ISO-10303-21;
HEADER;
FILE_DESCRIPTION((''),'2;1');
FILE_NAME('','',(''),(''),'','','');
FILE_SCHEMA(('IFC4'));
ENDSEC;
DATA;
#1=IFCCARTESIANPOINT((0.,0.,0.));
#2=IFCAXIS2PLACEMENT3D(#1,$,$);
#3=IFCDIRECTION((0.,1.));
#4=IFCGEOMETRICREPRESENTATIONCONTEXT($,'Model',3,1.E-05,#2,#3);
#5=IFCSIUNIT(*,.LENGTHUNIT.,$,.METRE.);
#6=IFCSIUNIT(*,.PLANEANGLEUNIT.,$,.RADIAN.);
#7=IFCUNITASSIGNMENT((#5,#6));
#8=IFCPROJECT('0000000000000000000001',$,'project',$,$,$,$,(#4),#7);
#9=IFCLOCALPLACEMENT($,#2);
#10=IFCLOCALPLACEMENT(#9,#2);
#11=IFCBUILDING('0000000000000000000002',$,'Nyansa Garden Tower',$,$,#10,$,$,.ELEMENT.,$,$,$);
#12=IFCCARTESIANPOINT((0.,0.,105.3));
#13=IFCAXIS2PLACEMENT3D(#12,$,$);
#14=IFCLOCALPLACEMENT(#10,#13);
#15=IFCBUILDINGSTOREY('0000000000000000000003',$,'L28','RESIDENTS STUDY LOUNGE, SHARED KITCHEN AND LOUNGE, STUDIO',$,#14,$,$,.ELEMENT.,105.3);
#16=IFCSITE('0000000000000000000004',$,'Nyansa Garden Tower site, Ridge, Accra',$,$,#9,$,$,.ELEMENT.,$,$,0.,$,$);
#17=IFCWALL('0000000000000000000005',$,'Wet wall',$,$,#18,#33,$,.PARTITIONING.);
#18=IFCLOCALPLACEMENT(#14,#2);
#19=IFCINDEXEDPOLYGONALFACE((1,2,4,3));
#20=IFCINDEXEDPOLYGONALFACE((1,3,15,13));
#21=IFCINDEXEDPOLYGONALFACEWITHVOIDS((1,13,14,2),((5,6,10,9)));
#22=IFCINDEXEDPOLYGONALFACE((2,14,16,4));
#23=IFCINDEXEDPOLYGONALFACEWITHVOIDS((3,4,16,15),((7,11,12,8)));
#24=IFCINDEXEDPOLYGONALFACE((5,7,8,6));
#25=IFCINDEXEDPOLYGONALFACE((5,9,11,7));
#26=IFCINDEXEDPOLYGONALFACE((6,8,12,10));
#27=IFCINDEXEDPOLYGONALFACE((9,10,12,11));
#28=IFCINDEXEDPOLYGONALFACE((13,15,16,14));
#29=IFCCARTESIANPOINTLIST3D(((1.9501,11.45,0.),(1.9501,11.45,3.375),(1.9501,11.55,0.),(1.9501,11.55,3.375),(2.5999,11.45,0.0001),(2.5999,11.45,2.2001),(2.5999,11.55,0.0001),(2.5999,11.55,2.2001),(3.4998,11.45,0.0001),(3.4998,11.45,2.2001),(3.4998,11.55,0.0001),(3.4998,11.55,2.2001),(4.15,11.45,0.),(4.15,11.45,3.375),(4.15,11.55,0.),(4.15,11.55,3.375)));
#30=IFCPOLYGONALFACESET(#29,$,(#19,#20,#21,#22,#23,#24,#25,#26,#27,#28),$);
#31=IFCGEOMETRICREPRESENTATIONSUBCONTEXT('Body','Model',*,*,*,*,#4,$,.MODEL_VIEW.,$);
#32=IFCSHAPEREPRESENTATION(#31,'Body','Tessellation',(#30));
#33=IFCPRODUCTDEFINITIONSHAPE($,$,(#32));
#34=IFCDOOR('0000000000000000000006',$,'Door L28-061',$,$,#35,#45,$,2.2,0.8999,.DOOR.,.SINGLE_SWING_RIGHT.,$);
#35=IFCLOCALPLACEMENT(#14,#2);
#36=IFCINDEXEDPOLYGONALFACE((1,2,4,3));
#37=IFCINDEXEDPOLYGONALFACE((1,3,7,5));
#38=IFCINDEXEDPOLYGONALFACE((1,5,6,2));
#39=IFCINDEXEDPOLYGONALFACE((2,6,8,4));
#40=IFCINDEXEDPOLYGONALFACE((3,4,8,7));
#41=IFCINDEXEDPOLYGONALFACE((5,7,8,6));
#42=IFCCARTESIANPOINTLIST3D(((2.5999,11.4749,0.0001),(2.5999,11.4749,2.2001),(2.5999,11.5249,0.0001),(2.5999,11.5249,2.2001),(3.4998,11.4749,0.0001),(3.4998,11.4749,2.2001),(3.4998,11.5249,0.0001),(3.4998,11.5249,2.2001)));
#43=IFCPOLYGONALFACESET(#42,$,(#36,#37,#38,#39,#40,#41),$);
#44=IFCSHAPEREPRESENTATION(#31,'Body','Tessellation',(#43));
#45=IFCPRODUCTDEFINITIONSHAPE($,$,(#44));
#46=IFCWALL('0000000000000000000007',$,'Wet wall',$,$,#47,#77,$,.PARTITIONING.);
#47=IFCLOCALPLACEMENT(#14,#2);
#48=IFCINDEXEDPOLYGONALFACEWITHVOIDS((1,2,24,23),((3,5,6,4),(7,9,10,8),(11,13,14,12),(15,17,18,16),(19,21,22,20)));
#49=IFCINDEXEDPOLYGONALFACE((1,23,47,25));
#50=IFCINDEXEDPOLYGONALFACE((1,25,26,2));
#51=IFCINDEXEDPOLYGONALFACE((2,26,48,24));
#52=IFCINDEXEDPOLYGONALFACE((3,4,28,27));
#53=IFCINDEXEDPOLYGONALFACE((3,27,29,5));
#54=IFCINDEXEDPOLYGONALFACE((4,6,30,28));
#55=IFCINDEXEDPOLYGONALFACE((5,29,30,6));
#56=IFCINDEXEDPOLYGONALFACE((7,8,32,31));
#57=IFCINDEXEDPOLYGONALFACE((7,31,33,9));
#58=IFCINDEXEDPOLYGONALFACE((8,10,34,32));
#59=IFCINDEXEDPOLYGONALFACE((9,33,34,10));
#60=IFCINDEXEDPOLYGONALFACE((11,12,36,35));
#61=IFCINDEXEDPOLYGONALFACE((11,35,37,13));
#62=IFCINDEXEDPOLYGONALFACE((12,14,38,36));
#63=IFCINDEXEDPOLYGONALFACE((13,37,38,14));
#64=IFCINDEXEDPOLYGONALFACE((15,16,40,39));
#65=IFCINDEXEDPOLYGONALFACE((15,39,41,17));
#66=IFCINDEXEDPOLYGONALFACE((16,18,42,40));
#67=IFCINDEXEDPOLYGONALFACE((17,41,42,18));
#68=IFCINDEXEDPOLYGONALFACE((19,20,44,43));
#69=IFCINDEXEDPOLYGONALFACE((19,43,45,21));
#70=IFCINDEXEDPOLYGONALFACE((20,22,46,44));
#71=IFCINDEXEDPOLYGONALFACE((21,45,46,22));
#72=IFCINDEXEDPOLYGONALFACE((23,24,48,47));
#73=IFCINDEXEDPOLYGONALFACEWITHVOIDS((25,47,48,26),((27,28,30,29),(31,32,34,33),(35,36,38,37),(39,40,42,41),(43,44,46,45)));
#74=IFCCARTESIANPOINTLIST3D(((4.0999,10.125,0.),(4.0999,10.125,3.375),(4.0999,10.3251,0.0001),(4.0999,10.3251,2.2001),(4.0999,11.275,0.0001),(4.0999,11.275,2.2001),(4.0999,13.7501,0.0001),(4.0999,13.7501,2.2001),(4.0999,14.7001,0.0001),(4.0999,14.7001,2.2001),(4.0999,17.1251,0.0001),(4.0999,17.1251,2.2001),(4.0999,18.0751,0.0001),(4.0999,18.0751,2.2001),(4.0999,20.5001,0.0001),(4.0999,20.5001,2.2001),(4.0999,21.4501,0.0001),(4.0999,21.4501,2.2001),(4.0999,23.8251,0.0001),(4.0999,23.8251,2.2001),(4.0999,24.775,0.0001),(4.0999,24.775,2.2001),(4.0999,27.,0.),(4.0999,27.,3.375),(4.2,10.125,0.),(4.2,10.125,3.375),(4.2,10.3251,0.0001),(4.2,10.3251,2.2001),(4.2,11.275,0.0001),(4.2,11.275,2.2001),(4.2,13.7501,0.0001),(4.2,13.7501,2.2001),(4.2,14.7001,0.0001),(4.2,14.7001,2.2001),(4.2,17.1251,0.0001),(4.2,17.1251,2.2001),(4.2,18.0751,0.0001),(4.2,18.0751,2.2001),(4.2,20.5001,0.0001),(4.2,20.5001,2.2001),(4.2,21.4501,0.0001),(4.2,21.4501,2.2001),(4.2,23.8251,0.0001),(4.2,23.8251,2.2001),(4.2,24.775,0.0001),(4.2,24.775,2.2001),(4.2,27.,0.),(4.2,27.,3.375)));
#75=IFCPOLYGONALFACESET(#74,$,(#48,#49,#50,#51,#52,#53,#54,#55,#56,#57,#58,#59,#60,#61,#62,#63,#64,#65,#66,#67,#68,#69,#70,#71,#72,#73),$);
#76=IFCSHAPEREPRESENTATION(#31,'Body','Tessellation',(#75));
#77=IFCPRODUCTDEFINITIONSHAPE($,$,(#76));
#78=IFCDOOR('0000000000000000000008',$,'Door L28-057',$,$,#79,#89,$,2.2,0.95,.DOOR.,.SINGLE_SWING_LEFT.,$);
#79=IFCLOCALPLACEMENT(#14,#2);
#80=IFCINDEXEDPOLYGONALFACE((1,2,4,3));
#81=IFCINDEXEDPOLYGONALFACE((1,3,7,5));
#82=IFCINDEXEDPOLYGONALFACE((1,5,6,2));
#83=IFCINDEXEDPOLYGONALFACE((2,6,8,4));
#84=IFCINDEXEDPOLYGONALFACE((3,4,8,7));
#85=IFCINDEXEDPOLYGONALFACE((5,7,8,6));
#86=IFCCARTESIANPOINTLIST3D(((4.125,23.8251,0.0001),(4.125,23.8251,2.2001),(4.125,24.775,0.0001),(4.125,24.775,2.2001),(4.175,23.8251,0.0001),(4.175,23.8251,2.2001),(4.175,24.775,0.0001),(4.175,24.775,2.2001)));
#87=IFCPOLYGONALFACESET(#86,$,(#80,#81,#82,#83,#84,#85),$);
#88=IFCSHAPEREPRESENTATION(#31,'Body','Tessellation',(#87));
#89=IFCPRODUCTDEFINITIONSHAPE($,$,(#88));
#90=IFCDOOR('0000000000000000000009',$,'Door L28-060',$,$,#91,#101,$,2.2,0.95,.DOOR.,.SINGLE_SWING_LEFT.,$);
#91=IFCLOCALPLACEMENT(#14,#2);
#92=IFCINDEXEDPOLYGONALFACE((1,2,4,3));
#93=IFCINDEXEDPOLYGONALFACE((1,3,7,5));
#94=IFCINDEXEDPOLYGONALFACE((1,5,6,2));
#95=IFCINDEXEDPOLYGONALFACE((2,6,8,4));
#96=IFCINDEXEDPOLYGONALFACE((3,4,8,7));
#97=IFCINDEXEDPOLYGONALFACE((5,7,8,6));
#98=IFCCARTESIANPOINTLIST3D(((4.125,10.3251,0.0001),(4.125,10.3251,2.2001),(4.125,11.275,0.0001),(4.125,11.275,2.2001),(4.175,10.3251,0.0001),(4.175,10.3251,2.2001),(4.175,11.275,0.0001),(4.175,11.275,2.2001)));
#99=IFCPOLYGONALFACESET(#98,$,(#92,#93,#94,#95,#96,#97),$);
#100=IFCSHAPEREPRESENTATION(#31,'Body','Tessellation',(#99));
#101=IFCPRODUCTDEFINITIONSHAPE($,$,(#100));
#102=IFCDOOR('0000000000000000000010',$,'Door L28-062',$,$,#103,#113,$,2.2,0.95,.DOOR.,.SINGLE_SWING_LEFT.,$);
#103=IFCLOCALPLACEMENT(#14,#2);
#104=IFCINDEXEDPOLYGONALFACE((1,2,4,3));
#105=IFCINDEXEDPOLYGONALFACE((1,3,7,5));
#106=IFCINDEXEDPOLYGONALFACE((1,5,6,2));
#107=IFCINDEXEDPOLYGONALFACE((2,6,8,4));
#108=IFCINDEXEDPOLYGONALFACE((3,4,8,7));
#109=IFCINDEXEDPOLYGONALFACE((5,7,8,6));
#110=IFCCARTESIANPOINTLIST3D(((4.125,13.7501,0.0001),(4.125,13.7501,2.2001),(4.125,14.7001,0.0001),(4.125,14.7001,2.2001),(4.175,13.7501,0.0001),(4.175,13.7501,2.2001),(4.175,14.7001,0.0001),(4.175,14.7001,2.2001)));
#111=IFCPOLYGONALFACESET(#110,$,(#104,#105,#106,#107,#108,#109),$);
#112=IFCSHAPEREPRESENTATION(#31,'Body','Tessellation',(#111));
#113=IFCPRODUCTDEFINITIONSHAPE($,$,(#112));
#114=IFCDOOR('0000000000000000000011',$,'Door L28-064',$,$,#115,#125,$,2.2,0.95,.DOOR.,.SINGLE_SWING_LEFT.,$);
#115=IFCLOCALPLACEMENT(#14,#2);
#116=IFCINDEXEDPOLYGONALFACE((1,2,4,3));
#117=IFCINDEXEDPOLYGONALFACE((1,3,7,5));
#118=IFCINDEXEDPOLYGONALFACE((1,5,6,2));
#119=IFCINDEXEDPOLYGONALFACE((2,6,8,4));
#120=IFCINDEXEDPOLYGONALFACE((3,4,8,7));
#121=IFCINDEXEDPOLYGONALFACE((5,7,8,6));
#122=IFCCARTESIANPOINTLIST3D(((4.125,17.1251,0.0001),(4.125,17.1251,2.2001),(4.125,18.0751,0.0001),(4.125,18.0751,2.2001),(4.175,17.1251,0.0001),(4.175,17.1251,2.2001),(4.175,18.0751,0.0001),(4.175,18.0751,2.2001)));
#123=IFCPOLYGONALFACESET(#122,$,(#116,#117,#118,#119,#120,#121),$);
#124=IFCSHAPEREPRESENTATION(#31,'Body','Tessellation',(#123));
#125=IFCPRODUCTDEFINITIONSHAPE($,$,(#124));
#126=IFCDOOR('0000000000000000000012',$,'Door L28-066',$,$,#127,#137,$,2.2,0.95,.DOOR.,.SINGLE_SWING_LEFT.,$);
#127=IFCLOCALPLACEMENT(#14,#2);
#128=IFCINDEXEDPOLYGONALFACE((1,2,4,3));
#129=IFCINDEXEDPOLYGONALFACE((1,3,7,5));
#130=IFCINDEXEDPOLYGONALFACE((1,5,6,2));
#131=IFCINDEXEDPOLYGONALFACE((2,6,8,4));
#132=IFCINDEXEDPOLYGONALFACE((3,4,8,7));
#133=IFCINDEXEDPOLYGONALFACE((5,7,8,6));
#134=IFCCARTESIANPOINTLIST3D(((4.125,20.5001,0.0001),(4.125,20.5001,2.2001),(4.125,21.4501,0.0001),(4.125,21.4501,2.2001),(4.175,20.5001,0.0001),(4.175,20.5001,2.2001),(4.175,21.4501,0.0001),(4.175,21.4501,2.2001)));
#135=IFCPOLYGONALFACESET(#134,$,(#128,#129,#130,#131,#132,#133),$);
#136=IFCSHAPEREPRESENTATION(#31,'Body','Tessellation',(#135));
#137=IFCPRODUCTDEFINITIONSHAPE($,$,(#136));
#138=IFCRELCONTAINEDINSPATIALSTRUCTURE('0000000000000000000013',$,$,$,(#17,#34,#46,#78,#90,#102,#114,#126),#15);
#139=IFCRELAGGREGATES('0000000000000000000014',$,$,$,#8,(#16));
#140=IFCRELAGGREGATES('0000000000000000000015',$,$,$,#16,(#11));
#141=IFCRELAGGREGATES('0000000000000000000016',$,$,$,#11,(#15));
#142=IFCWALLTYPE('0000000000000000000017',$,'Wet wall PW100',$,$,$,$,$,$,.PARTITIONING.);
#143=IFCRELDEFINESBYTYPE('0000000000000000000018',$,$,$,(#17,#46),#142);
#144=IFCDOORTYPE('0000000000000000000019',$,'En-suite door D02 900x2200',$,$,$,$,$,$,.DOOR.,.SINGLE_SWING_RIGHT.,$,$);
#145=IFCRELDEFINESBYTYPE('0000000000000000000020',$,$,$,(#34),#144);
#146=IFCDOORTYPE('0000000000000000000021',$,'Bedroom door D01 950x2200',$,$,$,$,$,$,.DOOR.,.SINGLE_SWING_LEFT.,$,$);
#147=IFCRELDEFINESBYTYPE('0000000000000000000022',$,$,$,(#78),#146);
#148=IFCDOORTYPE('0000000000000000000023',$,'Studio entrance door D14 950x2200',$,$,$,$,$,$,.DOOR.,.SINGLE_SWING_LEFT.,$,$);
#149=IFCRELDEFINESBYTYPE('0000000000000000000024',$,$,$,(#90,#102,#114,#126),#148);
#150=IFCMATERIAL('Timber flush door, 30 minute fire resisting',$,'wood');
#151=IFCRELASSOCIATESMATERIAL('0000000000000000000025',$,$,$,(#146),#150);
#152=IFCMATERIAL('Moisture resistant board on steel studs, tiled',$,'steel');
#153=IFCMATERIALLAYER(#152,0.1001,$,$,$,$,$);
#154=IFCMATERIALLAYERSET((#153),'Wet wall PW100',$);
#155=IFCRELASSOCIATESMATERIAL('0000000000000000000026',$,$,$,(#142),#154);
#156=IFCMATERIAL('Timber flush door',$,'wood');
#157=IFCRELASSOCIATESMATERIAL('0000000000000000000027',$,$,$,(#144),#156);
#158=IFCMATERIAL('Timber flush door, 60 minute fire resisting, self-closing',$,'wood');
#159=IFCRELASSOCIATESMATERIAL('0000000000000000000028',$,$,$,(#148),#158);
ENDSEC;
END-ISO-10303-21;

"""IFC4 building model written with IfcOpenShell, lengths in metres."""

from ifc_helpers import new_model, si_unit, direction, frame, frame_2d, origin, place, context, subcontext, project, spatial, rectangle, extrude, material, layer, layer_set, type_object, element, fill, save


model = new_model("IFC4")

# Units and contexts
model_context = context("Model", 3, precision=1e-05, world=origin(), true_north=direction((0.0, 1.0)))
body_context = subcontext(model_context, "Body", "Model", "MODEL_VIEW")
ifc_project = project(units=[si_unit("LENGTHUNIT", "METRE"), si_unit("PLANEANGLEUNIT", "RADIAN")], contexts=[model_context])

# Site, building, storey
site_placement = place(None, origin())
site = spatial("IfcSite", under=ifc_project, at=site_placement, Name="Nyansa Garden Tower site, Ridge, Accra", CompositionType="ELEMENT", RefElevation=0.0)
building_placement = place(site_placement, origin())
building = spatial("IfcBuilding", under=site, at=building_placement, Name="Nyansa Garden Tower", CompositionType="ELEMENT")
storey_placement = place(building_placement, frame((0.0, 0.0, 105.3)))
storey = spatial("IfcBuildingStorey", under=building, at=storey_placement, Name="L28", Description="RESIDENTS STUDY LOUNGE, SHARED KITCHEN AND LOUNGE, STUDIO", CompositionType="ELEMENT", Elevation=105.3)

# Shared definitions
ifc_material_1 = material(Name="Timber flush door, 30 minute fire resisting", Category="wood")
door_type_1 = type_object("IfcDoorType", Name="Bedroom door D01 950x2200", OperationType="SINGLE_SWING_LEFT", PredefinedType="DOOR", material=ifc_material_1)

# Shared definitions
ifc_material_2 = material(Name="Moisture resistant board on steel studs, tiled", Category="steel")
ifc_layer_1 = layer(ifc_material_2, 0.1001)
ifc_layer_set_1 = layer_set([ifc_layer_1], Name="Wet wall PW100")
wall_type_1 = type_object("IfcWallType", Name="Wet wall PW100", PredefinedType="PARTITIONING", material=ifc_layer_set_1)

# Wall, opening, door
wall_1_placement = place(storey_placement, frame((1.95, 11.5, 0.0), z_axis=(0.0, 0.0, 1.0), x_axis=(1.0, 0.0, 0.0)))
wall_1 = element("IfcWall", 1, at=wall_1_placement, inside=storey, type_object=wall_type_1, Name="Wet wall", PredefinedType="PARTITIONING", context=body_context, shape_type="SweptSolid", body=[
    extrude(rectangle(XDim=2.2, YDim=0.1001, at=frame_2d((1.1001, 0.0))), origin(), (0.0, 0.0, 1.0), 3.375),
])
opening_1_placement = place(wall_1_placement, frame((0.6499, 0.0, 0.0)))
opening_1 = element("IfcOpeningElement", 2, at=opening_1_placement, cuts=wall_1, PredefinedType="OPENING", context=body_context, shape_type="SweptSolid", body=[
    extrude(rectangle(XDim=0.8999, YDim=2.2, at=frame_2d((0.45, 1.1001))), frame((0.0, 0.0601, 0.0), z_axis=(0.0, -1.0, 0.0), x_axis=(1.0, 0.0, 0.0)), (0.0, 0.0, 1.0), 0.1201),
])
ifc_material_3 = material(Name="Timber flush door", Category="wood")
door_type_2 = type_object("IfcDoorType", Name="En-suite door D02 900x2200", OperationType="SINGLE_SWING_RIGHT", PredefinedType="DOOR", material=ifc_material_3)
door_1_placement = place(opening_1_placement, origin())
door_1 = element("IfcDoor", 3, at=door_1_placement, inside=storey, type_object=door_type_2, Name="Door L28-061", OperationType="SINGLE_SWING_RIGHT", OverallHeight=2.2, OverallWidth=0.8999, PredefinedType="DOOR", context=body_context, shape_type="SweptSolid", body=[
    extrude(rectangle(XDim=0.8999, YDim=2.2, at=frame_2d((0.45, 1.1001))), frame((0.0, 0.0249, 0.0), z_axis=(0.0, -1.0, 0.0), x_axis=(1.0, 0.0, 0.0)), (0.0, 0.0, 1.0), 0.05),
])
fill(opening_1, door_1)

# Wall, openings, doors
wall_2_placement = place(storey_placement, frame((4.1499, 10.125, 0.0), z_axis=(0.0, 0.0, 1.0), x_axis=(0.0, 1.0, 0.0)))
wall_2 = element("IfcWall", 4, at=wall_2_placement, inside=storey, type_object=wall_type_1, Name="Wet wall", PredefinedType="PARTITIONING", context=body_context, shape_type="SweptSolid", body=[
    extrude(rectangle(XDim=16.875, YDim=0.1001, at=frame_2d((8.4375, 0.0))), origin(), (0.0, 0.0, 1.0), 3.375),
])
opening_2_placement = place(wall_2_placement, frame((13.7, 0.0, 0.0)))
opening_2 = element("IfcOpeningElement", 5, at=opening_2_placement, cuts=wall_2, PredefinedType="OPENING", context=body_context, shape_type="SweptSolid", body=[
    extrude(rectangle(XDim=0.95, YDim=2.2, at=frame_2d((0.4751, 1.1001))), frame((0.0, 0.0601, 0.0), z_axis=(0.0, -1.0, 0.0), x_axis=(1.0, 0.0, 0.0)), (0.0, 0.0, 1.0), 0.1201),
])
opening_3_placement = place(wall_2_placement, frame((0.2, 0.0, 0.0)))
opening_3 = element("IfcOpeningElement", 6, at=opening_3_placement, cuts=wall_2, PredefinedType="OPENING", context=body_context, shape_type="SweptSolid", body=[
    extrude(rectangle(XDim=0.95, YDim=2.2, at=frame_2d((0.4751, 1.1001))), frame((0.0, 0.0601, 0.0), z_axis=(0.0, -1.0, 0.0), x_axis=(1.0, 0.0, 0.0)), (0.0, 0.0, 1.0), 0.1201),
])
opening_4_placement = place(wall_2_placement, frame((3.625, 0.0, 0.0)))
opening_4 = element("IfcOpeningElement", 7, at=opening_4_placement, cuts=wall_2, PredefinedType="OPENING", context=body_context, shape_type="SweptSolid", body=[
    extrude(rectangle(XDim=0.95, YDim=2.2, at=frame_2d((0.4751, 1.1001))), frame((0.0, 0.0601, 0.0), z_axis=(0.0, -1.0, 0.0), x_axis=(1.0, 0.0, 0.0)), (0.0, 0.0, 1.0), 0.1201),
])
opening_5_placement = place(wall_2_placement, frame((7.0, 0.0, 0.0)))
opening_5 = element("IfcOpeningElement", 8, at=opening_5_placement, cuts=wall_2, PredefinedType="OPENING", context=body_context, shape_type="SweptSolid", body=[
    extrude(rectangle(XDim=0.95, YDim=2.2, at=frame_2d((0.4751, 1.1001))), frame((0.0, 0.0601, 0.0), z_axis=(0.0, -1.0, 0.0), x_axis=(1.0, 0.0, 0.0)), (0.0, 0.0, 1.0), 0.1201),
])
opening_6_placement = place(wall_2_placement, frame((10.375, 0.0, 0.0)))
opening_6 = element("IfcOpeningElement", 9, at=opening_6_placement, cuts=wall_2, PredefinedType="OPENING", context=body_context, shape_type="SweptSolid", body=[
    extrude(rectangle(XDim=0.95, YDim=2.2, at=frame_2d((0.4751, 1.1001))), frame((0.0, 0.0601, 0.0), z_axis=(0.0, -1.0, 0.0), x_axis=(1.0, 0.0, 0.0)), (0.0, 0.0, 1.0), 0.1201),
])
door_2_placement = place(opening_2_placement, origin())
door_2 = element("IfcDoor", 10, at=door_2_placement, inside=storey, type_object=door_type_1, Name="Door L28-057", OperationType="SINGLE_SWING_LEFT", OverallHeight=2.2, OverallWidth=0.95, PredefinedType="DOOR", context=body_context, shape_type="SweptSolid", body=[
    extrude(rectangle(XDim=0.95, YDim=2.2, at=frame_2d((0.4751, 1.1001))), frame((0.0, 0.0249, 0.0), z_axis=(0.0, -1.0, 0.0), x_axis=(1.0, 0.0, 0.0)), (0.0, 0.0, 1.0), 0.05),
])
fill(opening_2, door_2)
ifc_material_4 = material(Name="Timber flush door, 60 minute fire resisting, self-closing", Category="wood")
door_type_3 = type_object("IfcDoorType", Name="Studio entrance door D14 950x2200", OperationType="SINGLE_SWING_LEFT", PredefinedType="DOOR", material=ifc_material_4)
door_3_placement = place(opening_3_placement, origin())
door_3 = element("IfcDoor", 11, at=door_3_placement, inside=storey, type_object=door_type_3, Name="Door L28-060", OperationType="SINGLE_SWING_LEFT", OverallHeight=2.2, OverallWidth=0.95, PredefinedType="DOOR", context=body_context, shape_type="SweptSolid", body=[
    extrude(rectangle(XDim=0.95, YDim=2.2, at=frame_2d((0.4751, 1.1001))), frame((0.0, 0.0249, 0.0), z_axis=(0.0, -1.0, 0.0), x_axis=(1.0, 0.0, 0.0)), (0.0, 0.0, 1.0), 0.05),
])
fill(opening_3, door_3)
door_4_placement = place(opening_4_placement, origin())
door_4 = element("IfcDoor", 12, at=door_4_placement, inside=storey, type_object=door_type_3, Name="Door L28-062", OperationType="SINGLE_SWING_LEFT", OverallHeight=2.2, OverallWidth=0.95, PredefinedType="DOOR", context=body_context, shape_type="SweptSolid", body=[
    extrude(rectangle(XDim=0.95, YDim=2.2, at=frame_2d((0.4751, 1.1001))), frame((0.0, 0.0249, 0.0), z_axis=(0.0, -1.0, 0.0), x_axis=(1.0, 0.0, 0.0)), (0.0, 0.0, 1.0), 0.05),
])
fill(opening_4, door_4)
door_5_placement = place(opening_5_placement, origin())
door_5 = element("IfcDoor", 13, at=door_5_placement, inside=storey, type_object=door_type_3, Name="Door L28-064", OperationType="SINGLE_SWING_LEFT", OverallHeight=2.2, OverallWidth=0.95, PredefinedType="DOOR", context=body_context, shape_type="SweptSolid", body=[
    extrude(rectangle(XDim=0.95, YDim=2.2, at=frame_2d((0.4751, 1.1001))), frame((0.0, 0.0249, 0.0), z_axis=(0.0, -1.0, 0.0), x_axis=(1.0, 0.0, 0.0)), (0.0, 0.0, 1.0), 0.05),
])
fill(opening_5, door_5)
door_6_placement = place(opening_6_placement, origin())
door_6 = element("IfcDoor", 14, at=door_6_placement, inside=storey, type_object=door_type_3, Name="Door L28-066", OperationType="SINGLE_SWING_LEFT", OverallHeight=2.2, OverallWidth=0.95, PredefinedType="DOOR", context=body_context, shape_type="SweptSolid", body=[
    extrude(rectangle(XDim=0.95, YDim=2.2, at=frame_2d((0.4751, 1.1001))), frame((0.0, 0.0249, 0.0), z_axis=(0.0, -1.0, 0.0), x_axis=(1.0, 0.0, 0.0)), (0.0, 0.0, 1.0), 0.05),
])
fill(opening_6, door_6)

save(model, "model.ifc")
